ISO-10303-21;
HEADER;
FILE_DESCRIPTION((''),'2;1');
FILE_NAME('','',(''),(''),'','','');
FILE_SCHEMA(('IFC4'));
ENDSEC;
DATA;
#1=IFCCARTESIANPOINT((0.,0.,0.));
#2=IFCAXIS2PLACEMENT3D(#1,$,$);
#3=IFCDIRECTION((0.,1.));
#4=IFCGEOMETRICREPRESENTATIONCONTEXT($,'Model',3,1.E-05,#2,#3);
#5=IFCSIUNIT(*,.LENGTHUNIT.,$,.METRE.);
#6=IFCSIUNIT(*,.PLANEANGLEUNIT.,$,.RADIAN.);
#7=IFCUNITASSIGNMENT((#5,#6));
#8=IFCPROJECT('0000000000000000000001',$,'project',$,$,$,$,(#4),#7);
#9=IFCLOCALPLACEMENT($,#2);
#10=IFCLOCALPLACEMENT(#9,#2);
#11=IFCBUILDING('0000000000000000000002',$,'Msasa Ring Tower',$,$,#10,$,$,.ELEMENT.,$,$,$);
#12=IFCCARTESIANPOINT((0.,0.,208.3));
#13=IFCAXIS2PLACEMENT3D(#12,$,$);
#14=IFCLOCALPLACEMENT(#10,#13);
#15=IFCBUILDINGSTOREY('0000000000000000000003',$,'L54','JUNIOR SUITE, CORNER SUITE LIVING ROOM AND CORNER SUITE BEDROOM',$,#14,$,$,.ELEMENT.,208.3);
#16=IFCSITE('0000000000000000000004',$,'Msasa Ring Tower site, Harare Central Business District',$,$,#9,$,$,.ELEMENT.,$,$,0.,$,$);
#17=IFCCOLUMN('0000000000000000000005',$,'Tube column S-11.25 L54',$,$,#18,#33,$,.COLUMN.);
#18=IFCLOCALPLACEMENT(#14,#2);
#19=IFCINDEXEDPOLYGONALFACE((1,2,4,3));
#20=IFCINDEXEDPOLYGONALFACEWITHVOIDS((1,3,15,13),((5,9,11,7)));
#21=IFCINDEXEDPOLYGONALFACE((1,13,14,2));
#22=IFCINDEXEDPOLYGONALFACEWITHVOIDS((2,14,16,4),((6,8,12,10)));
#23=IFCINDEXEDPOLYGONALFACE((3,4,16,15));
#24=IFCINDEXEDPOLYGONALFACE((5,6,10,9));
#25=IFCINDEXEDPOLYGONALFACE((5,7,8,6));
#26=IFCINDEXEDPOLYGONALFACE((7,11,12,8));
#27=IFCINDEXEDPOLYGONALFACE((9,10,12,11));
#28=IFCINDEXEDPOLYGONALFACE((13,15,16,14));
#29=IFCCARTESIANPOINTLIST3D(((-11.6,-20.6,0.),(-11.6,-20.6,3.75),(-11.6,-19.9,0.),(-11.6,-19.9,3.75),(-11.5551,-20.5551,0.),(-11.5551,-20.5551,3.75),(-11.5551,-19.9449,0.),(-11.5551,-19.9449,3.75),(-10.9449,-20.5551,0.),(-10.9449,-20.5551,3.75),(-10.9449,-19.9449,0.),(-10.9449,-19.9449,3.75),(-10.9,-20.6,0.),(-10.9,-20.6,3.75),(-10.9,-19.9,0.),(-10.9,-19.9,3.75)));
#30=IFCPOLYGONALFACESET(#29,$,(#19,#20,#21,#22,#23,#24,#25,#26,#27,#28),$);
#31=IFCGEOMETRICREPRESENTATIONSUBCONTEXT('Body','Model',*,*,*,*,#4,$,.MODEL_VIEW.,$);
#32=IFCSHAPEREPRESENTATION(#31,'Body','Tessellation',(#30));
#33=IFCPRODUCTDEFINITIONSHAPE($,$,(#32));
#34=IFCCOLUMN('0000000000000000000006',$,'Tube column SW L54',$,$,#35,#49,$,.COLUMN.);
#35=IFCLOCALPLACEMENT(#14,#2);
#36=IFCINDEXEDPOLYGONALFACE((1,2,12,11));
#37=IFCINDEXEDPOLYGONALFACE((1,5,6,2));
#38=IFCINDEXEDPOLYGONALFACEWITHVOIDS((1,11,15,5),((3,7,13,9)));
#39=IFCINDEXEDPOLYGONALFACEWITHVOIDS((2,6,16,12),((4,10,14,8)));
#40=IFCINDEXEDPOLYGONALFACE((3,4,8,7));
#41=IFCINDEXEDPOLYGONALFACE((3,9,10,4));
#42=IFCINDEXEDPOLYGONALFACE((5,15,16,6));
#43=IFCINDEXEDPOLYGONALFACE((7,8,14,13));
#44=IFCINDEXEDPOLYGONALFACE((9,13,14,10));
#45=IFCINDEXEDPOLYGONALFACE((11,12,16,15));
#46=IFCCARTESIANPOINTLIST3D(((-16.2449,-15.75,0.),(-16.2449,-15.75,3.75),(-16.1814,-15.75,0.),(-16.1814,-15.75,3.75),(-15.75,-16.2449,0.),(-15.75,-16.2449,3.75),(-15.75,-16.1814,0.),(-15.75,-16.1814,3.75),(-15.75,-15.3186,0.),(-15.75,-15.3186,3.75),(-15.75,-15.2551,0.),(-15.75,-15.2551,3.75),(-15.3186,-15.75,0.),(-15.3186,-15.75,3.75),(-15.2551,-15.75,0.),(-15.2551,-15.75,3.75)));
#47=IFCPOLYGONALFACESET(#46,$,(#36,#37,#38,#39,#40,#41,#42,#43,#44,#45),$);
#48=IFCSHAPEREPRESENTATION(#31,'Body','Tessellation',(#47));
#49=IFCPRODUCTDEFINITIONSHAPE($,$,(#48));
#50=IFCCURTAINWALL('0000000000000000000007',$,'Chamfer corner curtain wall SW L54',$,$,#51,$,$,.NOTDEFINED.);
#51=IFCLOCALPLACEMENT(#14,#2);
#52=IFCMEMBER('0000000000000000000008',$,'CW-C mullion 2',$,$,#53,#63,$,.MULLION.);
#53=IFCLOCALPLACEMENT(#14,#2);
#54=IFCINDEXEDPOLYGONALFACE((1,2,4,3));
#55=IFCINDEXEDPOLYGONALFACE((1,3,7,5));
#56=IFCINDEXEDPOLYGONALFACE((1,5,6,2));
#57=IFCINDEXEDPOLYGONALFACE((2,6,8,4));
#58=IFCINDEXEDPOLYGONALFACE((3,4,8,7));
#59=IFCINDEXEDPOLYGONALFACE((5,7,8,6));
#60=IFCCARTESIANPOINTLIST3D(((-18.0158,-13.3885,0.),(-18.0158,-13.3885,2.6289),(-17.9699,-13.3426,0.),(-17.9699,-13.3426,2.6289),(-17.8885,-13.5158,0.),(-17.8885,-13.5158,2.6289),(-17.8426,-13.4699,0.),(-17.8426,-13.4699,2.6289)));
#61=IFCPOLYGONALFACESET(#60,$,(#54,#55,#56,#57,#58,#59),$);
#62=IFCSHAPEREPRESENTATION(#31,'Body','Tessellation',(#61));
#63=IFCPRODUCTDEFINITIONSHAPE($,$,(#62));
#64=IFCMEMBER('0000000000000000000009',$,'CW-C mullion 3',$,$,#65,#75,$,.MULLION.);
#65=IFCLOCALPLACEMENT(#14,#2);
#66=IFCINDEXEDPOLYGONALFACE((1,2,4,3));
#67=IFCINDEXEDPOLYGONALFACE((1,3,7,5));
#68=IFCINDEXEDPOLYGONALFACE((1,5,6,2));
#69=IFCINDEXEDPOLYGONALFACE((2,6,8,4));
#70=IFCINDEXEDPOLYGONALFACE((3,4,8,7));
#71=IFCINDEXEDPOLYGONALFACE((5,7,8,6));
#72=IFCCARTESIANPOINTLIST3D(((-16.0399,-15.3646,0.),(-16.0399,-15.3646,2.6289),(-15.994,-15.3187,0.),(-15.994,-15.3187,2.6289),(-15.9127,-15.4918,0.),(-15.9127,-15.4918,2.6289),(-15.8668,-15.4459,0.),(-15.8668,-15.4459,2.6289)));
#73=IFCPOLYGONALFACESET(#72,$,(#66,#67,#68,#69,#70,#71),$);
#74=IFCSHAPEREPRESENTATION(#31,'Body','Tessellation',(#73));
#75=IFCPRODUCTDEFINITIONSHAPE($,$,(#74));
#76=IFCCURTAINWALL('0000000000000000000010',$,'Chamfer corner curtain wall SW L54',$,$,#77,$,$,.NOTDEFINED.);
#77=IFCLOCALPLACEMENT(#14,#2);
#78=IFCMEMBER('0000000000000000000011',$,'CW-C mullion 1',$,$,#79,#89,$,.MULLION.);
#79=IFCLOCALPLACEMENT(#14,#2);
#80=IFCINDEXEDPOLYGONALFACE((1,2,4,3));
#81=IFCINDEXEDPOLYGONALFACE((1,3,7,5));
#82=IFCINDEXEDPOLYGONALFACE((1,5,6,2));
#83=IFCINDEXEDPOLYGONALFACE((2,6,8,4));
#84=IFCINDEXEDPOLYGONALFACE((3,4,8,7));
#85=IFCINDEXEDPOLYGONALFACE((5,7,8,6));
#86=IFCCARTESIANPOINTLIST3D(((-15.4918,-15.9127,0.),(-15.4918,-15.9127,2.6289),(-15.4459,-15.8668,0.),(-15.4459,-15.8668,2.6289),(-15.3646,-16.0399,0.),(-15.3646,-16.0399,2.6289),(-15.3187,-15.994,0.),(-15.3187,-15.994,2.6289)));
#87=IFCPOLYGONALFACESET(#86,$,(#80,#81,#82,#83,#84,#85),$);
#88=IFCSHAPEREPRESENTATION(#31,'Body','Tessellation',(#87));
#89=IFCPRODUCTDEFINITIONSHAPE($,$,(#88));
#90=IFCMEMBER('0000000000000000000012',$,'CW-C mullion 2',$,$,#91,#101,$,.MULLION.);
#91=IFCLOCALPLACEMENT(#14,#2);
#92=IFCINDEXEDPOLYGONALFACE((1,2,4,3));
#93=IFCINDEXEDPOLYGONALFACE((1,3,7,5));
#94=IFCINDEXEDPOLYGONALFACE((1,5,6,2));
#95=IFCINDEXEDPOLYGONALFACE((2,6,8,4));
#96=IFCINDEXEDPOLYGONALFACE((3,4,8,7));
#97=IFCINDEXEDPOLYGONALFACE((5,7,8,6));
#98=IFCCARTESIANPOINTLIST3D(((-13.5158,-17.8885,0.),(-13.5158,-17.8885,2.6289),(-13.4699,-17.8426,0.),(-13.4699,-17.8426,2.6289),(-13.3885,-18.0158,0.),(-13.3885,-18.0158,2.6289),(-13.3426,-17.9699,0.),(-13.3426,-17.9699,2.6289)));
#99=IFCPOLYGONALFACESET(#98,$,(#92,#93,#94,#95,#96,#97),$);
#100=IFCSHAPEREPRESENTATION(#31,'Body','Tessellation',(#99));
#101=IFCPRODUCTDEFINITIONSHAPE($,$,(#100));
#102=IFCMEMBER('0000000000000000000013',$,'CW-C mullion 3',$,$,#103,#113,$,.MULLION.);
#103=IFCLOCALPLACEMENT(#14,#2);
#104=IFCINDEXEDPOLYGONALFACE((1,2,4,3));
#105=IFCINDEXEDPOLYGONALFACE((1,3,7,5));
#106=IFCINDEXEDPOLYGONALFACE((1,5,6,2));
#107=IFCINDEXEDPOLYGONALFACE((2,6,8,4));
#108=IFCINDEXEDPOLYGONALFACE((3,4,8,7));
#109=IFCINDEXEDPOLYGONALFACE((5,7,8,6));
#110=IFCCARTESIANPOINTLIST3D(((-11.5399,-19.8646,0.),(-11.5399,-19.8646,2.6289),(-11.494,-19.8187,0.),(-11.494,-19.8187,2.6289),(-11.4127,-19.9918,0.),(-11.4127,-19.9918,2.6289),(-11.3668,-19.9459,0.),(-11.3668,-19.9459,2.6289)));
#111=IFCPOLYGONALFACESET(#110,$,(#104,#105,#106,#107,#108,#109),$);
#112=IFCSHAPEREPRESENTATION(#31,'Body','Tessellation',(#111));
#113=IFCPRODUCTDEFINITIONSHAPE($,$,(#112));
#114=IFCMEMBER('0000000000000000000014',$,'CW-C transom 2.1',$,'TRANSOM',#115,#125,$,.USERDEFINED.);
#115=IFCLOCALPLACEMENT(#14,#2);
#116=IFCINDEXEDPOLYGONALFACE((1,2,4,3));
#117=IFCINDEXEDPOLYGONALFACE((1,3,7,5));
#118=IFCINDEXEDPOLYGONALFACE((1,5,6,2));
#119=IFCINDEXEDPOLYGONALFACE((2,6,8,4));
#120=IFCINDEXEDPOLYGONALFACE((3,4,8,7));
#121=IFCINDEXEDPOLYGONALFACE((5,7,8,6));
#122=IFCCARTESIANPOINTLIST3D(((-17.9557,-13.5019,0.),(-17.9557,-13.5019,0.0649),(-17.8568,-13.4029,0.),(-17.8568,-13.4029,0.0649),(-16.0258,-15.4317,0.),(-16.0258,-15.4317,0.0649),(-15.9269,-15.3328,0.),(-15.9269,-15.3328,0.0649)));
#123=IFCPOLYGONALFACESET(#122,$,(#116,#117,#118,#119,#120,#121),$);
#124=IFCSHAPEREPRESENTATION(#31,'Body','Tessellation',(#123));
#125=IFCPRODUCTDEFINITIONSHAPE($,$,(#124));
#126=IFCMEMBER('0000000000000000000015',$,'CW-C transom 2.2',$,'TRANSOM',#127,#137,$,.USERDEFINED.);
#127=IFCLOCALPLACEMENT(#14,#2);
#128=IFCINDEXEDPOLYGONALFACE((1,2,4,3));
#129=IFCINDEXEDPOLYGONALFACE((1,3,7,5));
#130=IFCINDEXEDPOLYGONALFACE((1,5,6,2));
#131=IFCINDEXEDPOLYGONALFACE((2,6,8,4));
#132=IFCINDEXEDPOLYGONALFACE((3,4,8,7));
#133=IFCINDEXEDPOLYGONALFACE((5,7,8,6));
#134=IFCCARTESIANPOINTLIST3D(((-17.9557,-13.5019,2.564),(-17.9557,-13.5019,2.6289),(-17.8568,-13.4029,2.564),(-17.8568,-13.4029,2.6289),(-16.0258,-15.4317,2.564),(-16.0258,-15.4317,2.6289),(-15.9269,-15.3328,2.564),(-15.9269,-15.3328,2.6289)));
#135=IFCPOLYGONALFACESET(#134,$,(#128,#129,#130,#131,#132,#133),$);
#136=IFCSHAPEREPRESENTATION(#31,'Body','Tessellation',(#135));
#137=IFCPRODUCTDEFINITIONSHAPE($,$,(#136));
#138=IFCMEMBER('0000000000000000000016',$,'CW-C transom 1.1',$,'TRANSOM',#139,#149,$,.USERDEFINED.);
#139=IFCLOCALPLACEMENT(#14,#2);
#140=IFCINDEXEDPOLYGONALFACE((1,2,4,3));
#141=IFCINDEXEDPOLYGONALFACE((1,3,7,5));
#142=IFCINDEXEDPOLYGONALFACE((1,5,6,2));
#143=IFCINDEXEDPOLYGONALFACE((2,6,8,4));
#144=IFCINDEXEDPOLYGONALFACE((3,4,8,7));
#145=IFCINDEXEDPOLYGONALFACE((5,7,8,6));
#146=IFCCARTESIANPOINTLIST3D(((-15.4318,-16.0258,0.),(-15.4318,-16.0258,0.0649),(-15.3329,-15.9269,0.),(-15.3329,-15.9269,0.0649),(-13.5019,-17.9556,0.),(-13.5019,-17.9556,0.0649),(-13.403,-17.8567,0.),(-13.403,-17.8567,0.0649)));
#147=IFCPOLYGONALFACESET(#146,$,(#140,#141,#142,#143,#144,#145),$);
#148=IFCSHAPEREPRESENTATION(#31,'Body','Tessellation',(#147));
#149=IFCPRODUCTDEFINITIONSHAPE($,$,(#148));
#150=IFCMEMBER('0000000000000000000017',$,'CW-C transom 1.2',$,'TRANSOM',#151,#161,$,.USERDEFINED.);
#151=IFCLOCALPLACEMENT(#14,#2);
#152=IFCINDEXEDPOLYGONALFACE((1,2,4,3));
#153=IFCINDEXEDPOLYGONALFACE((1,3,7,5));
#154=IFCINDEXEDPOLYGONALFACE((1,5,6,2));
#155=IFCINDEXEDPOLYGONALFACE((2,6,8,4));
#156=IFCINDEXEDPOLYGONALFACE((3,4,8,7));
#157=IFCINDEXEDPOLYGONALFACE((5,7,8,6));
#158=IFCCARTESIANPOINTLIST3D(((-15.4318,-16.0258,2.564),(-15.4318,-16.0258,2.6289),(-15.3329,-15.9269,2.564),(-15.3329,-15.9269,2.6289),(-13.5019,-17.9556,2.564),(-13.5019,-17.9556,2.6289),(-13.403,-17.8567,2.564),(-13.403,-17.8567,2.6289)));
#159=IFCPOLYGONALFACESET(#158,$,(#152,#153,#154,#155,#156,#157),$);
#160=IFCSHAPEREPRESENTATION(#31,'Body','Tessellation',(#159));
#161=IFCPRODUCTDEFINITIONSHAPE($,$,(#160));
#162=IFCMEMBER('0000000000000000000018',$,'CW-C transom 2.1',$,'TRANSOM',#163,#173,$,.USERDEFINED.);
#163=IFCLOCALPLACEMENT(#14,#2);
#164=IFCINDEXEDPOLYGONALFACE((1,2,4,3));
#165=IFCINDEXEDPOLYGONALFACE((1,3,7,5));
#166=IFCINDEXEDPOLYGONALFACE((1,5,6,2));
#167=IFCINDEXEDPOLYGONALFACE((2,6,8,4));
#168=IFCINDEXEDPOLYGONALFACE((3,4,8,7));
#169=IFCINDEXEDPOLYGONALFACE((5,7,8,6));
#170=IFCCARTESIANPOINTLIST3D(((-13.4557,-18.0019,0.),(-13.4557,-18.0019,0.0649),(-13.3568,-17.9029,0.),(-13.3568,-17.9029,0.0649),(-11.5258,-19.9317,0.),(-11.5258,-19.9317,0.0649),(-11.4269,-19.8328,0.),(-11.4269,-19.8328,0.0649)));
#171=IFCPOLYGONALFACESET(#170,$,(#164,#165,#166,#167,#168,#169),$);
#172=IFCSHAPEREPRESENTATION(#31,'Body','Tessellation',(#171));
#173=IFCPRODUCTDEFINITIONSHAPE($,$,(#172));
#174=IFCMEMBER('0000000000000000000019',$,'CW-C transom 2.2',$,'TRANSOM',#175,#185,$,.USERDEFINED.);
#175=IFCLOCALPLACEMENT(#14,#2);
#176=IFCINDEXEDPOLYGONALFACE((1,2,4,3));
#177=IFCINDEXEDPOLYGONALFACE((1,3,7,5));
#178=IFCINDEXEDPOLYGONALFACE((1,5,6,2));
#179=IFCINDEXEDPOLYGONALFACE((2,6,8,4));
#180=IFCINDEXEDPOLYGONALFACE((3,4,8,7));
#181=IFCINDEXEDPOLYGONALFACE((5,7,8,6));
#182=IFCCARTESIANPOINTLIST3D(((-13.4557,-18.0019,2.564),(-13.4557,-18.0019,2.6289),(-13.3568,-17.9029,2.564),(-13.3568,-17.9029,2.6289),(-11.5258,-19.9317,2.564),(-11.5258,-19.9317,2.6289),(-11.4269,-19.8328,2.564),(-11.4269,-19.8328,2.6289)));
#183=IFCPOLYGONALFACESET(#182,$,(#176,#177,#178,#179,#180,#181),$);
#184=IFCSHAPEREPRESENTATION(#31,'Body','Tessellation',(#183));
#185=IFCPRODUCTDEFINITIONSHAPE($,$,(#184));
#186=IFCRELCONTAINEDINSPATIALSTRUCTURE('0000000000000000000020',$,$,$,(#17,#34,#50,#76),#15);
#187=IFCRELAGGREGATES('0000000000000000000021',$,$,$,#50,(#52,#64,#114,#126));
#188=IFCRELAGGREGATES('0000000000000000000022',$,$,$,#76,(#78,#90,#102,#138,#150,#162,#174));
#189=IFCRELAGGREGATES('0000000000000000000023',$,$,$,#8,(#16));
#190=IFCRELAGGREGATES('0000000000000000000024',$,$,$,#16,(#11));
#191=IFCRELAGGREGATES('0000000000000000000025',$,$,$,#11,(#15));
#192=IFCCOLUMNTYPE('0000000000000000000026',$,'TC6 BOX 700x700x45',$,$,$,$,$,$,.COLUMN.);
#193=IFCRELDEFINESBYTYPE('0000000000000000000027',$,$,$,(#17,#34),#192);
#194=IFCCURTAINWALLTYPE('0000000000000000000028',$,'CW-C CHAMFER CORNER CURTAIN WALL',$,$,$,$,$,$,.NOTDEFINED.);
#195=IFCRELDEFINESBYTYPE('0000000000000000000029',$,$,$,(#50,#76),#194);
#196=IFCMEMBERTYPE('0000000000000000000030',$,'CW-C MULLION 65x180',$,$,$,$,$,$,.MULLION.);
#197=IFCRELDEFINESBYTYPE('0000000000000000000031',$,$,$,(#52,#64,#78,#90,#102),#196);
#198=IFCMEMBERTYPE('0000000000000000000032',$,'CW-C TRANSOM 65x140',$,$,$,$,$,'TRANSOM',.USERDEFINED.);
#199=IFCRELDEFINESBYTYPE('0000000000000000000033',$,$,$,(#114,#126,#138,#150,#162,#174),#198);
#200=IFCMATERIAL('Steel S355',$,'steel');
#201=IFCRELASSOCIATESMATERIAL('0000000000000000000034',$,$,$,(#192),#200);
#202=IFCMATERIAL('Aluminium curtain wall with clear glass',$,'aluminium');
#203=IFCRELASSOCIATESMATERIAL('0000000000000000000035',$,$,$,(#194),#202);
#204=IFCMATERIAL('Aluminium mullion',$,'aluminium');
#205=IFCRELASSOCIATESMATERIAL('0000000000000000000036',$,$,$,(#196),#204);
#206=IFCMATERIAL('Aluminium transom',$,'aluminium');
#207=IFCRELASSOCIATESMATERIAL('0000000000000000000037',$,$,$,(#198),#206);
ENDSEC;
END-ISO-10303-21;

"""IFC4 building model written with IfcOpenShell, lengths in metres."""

from ifc_helpers import new_model, si_unit, direction, frame, origin, origin_2d, place, context, subcontext, project, spatial, rectangle, hollow_rectangle, extrude, material, material_profile, profile_set, type_object, element, aggregate, save


model = new_model("IFC4")

# Units and contexts
model_context = context("Model", 3, precision=1e-05, world=origin(), true_north=direction((0.0, 1.0)))
body_context = subcontext(model_context, "Body", "Model", "MODEL_VIEW")
ifc_project = project(units=[si_unit("LENGTHUNIT", "METRE"), si_unit("PLANEANGLEUNIT", "RADIAN")], contexts=[model_context])

# Site, building, storey
site_placement = place(None, origin())
site = spatial("IfcSite", under=ifc_project, at=site_placement, Name="Msasa Ring Tower site, Harare Central Business District", CompositionType="ELEMENT", RefElevation=0.0)
building_placement = place(site_placement, origin())
building = spatial("IfcBuilding", under=site, at=building_placement, Name="Msasa Ring Tower", CompositionType="ELEMENT")
storey_placement = place(building_placement, frame((0.0, 0.0, 208.3)))
storey = spatial("IfcBuildingStorey", under=building, at=storey_placement, Name="L54", Description="JUNIOR SUITE, CORNER SUITE LIVING ROOM AND CORNER SUITE BEDROOM", CompositionType="ELEMENT", Elevation=208.3)

# Columns
ifc_material_1 = material(Name="Steel S355", Category="steel")
ifc_material_profile_1 = material_profile(ifc_material_1, hollow_rectangle(XDim=0.7, YDim=0.7, WallThickness=0.0449, at=origin_2d()), Name="BOX 700x700x45")
ifc_profile_set_1 = profile_set([ifc_material_profile_1], Name="Steel S355")
column_type = type_object("IfcColumnType", Name="TC6 BOX 700x700x45", PredefinedType="COLUMN", material=ifc_profile_set_1)
for number, where, z_axis, x_axis, name in (
    (1, (-11.25, -20.25, 0.0), (0.0, 0.0, 1.0), (0.0, 1.0, 0.0), "Tube column S-11.25 L54"),
    (2, (-15.75, -15.75, 0.0), (0.0, 0.0, 1.0), (0.707107, 0.707107, 0.0), "Tube column SW L54"),
):
    element("IfcColumn", number, at=place(storey_placement, frame(where, z_axis=z_axis, x_axis=x_axis)), inside=storey, type_object=column_type, Name=name, PredefinedType="COLUMN", context=body_context, shape_type="SweptSolid", body=[
        extrude(hollow_rectangle(XDim=0.7, YDim=0.7, WallThickness=0.0449, at=origin_2d()), origin(), (0.0, 0.0, 1.0), 3.75),
    ])

# Curtain walls, members
ifc_material_2 = material(Name="Aluminium curtain wall with clear glass", Category="aluminium")
curtain_wall_type = type_object("IfcCurtainWallType", Name="CW-C CHAMFER CORNER CURTAIN WALL", PredefinedType="NOTDEFINED", material=ifc_material_2)
curtain_wall_1_placement = place(storey_placement, origin())
curtain_wall_1 = element("IfcCurtainWall", 3, at=curtain_wall_1_placement, inside=storey, type_object=curtain_wall_type, Name="Chamfer corner curtain wall SW L54", PredefinedType="NOTDEFINED")
ifc_material_3 = material(Name="Aluminium mullion", Category="aluminium")
ifc_material_profile_2 = material_profile(ifc_material_3, rectangle(XDim=0.0649, YDim=0.1799, at=origin_2d()), Name="AL 65x180")
ifc_profile_set_2 = profile_set([ifc_material_profile_2], Name="Aluminium mullion")
member_type_1 = type_object("IfcMemberType", Name="CW-C MULLION 65x180", PredefinedType="MULLION", material=ifc_profile_set_2)
member_1_placement = place(storey_placement, frame((-17.9292, -13.4292, 0.0), z_axis=(0.0, 0.0, 1.0), x_axis=(0.707107, 0.707107, 0.0)))
member_1 = element("IfcMember", 4, at=member_1_placement, type_object=member_type_1, Name="CW-C mullion 2", PredefinedType="MULLION", context=body_context, shape_type="SweptSolid", body=[
    extrude(rectangle(XDim=0.0649, YDim=0.1799, at=origin_2d()), origin(), (0.0, 0.0, 1.0), 2.6289),
])
member_2_placement = place(storey_placement, frame((-15.9534, -15.4053, 0.0), z_axis=(0.0, 0.0, 1.0), x_axis=(0.707107, 0.707107, 0.0)))
member_2 = element("IfcMember", 5, at=member_2_placement, type_object=member_type_1, Name="CW-C mullion 3", PredefinedType="MULLION", context=body_context, shape_type="SweptSolid", body=[
    extrude(rectangle(XDim=0.0649, YDim=0.1799, at=origin_2d()), origin(), (0.0, 0.0, 1.0), 2.6289),
])
curtain_wall_2_placement = place(storey_placement, origin())
curtain_wall_2 = element("IfcCurtainWall", 6, at=curtain_wall_2_placement, inside=storey, type_object=curtain_wall_type, Name="Chamfer corner curtain wall SW L54", PredefinedType="NOTDEFINED")
member_3_placement = place(storey_placement, frame((-15.4053, -15.9534, 0.0), z_axis=(0.0, 0.0, 1.0), x_axis=(0.707107, 0.707107, 0.0)))
member_3 = element("IfcMember", 7, at=member_3_placement, type_object=member_type_1, Name="CW-C mullion 1", PredefinedType="MULLION", context=body_context, shape_type="SweptSolid", body=[
    extrude(rectangle(XDim=0.0649, YDim=0.1799, at=origin_2d()), origin(), (0.0, 0.0, 1.0), 2.6289),
])
member_4_placement = place(storey_placement, frame((-13.4292, -17.9292, 0.0), z_axis=(0.0, 0.0, 1.0), x_axis=(0.707107, 0.707107, 0.0)))
member_4 = element("IfcMember", 8, at=member_4_placement, type_object=member_type_1, Name="CW-C mullion 2", PredefinedType="MULLION", context=body_context, shape_type="SweptSolid", body=[
    extrude(rectangle(XDim=0.0649, YDim=0.1799, at=origin_2d()), origin(), (0.0, 0.0, 1.0), 2.6289),
])
member_5_placement = place(storey_placement, frame((-11.4534, -19.9053, 0.0), z_axis=(0.0, 0.0, 1.0), x_axis=(0.707107, 0.707107, 0.0)))
member_5 = element("IfcMember", 9, at=member_5_placement, type_object=member_type_1, Name="CW-C mullion 3", PredefinedType="MULLION", context=body_context, shape_type="SweptSolid", body=[
    extrude(rectangle(XDim=0.0649, YDim=0.1799, at=origin_2d()), origin(), (0.0, 0.0, 1.0), 2.6289),
])

# Members
ifc_material_4 = material(Name="Aluminium transom", Category="aluminium")
ifc_material_profile_3 = material_profile(ifc_material_4, rectangle(XDim=0.1399, YDim=0.0649, at=origin_2d()), Name="AL 65x140")
ifc_profile_set_3 = profile_set([ifc_material_profile_3], Name="Aluminium transom")
member_type_2 = type_object("IfcMemberType", Name="CW-C TRANSOM 65x140", ElementType="TRANSOM", PredefinedType="USERDEFINED", material=ifc_profile_set_3)
member_6_placement = place(storey_placement, frame((-17.9062, -13.4524, 0.0325), z_axis=(0.707107, -0.707107, 0.0), x_axis=(0.707107, 0.707107, 0.0)))
member_6 = element("IfcMember", 10, at=member_6_placement, type_object=member_type_2, Name="CW-C transom 2.1", ObjectType="TRANSOM", PredefinedType="USERDEFINED", context=body_context, shape_type="SweptSolid", body=[
    extrude(rectangle(XDim=0.1399, YDim=0.0649, at=origin_2d()), origin(), (0.0, 0.0, 1.0), 2.7292),
])
member_7_placement = place(storey_placement, frame((-17.9062, -13.4524, 2.5964), z_axis=(0.707107, -0.707107, 0.0), x_axis=(0.707107, 0.707107, 0.0)))
member_7 = element("IfcMember", 11, at=member_7_placement, type_object=member_type_2, Name="CW-C transom 2.2", ObjectType="TRANSOM", PredefinedType="USERDEFINED", context=body_context, shape_type="SweptSolid", body=[
    extrude(rectangle(XDim=0.1399, YDim=0.0649, at=origin_2d()), origin(), (0.0, 0.0, 1.0), 2.7292),
])
member_8_placement = place(storey_placement, frame((-15.3823, -15.9763, 0.0325), z_axis=(0.707107, -0.707107, 0.0), x_axis=(0.707107, 0.707107, 0.0)))
member_8 = element("IfcMember", 12, at=member_8_placement, type_object=member_type_2, Name="CW-C transom 1.1", ObjectType="TRANSOM", PredefinedType="USERDEFINED", context=body_context, shape_type="SweptSolid", body=[
    extrude(rectangle(XDim=0.1399, YDim=0.0649, at=origin_2d()), origin(), (0.0, 0.0, 1.0), 2.7292),
])
member_9_placement = place(storey_placement, frame((-15.3823, -15.9763, 2.5964), z_axis=(0.707107, -0.707107, 0.0), x_axis=(0.707107, 0.707107, 0.0)))
member_9 = element("IfcMember", 13, at=member_9_placement, type_object=member_type_2, Name="CW-C transom 1.2", ObjectType="TRANSOM", PredefinedType="USERDEFINED", context=body_context, shape_type="SweptSolid", body=[
    extrude(rectangle(XDim=0.1399, YDim=0.0649, at=origin_2d()), origin(), (0.0, 0.0, 1.0), 2.7292),
])
member_10_placement = place(storey_placement, frame((-13.4062, -17.9524, 0.0325), z_axis=(0.707107, -0.707107, 0.0), x_axis=(0.707107, 0.707107, 0.0)))
member_10 = element("IfcMember", 14, at=member_10_placement, type_object=member_type_2, Name="CW-C transom 2.1", ObjectType="TRANSOM", PredefinedType="USERDEFINED", context=body_context, shape_type="SweptSolid", body=[
    extrude(rectangle(XDim=0.1399, YDim=0.0649, at=origin_2d()), origin(), (0.0, 0.0, 1.0), 2.7292),
])
member_11_placement = place(storey_placement, frame((-13.4062, -17.9524, 2.5964), z_axis=(0.707107, -0.707107, 0.0), x_axis=(0.707107, 0.707107, 0.0)))
member_11 = element("IfcMember", 15, at=member_11_placement, type_object=member_type_2, Name="CW-C transom 2.2", ObjectType="TRANSOM", PredefinedType="USERDEFINED", context=body_context, shape_type="SweptSolid", body=[
    extrude(rectangle(XDim=0.1399, YDim=0.0649, at=origin_2d()), origin(), (0.0, 0.0, 1.0), 2.7292),
])

aggregate(curtain_wall_1, [member_1, member_2, member_6, member_7])
aggregate(curtain_wall_2, [member_3, member_4, member_5, member_8, member_9, member_10, member_11])

save(model, "model.ifc")
